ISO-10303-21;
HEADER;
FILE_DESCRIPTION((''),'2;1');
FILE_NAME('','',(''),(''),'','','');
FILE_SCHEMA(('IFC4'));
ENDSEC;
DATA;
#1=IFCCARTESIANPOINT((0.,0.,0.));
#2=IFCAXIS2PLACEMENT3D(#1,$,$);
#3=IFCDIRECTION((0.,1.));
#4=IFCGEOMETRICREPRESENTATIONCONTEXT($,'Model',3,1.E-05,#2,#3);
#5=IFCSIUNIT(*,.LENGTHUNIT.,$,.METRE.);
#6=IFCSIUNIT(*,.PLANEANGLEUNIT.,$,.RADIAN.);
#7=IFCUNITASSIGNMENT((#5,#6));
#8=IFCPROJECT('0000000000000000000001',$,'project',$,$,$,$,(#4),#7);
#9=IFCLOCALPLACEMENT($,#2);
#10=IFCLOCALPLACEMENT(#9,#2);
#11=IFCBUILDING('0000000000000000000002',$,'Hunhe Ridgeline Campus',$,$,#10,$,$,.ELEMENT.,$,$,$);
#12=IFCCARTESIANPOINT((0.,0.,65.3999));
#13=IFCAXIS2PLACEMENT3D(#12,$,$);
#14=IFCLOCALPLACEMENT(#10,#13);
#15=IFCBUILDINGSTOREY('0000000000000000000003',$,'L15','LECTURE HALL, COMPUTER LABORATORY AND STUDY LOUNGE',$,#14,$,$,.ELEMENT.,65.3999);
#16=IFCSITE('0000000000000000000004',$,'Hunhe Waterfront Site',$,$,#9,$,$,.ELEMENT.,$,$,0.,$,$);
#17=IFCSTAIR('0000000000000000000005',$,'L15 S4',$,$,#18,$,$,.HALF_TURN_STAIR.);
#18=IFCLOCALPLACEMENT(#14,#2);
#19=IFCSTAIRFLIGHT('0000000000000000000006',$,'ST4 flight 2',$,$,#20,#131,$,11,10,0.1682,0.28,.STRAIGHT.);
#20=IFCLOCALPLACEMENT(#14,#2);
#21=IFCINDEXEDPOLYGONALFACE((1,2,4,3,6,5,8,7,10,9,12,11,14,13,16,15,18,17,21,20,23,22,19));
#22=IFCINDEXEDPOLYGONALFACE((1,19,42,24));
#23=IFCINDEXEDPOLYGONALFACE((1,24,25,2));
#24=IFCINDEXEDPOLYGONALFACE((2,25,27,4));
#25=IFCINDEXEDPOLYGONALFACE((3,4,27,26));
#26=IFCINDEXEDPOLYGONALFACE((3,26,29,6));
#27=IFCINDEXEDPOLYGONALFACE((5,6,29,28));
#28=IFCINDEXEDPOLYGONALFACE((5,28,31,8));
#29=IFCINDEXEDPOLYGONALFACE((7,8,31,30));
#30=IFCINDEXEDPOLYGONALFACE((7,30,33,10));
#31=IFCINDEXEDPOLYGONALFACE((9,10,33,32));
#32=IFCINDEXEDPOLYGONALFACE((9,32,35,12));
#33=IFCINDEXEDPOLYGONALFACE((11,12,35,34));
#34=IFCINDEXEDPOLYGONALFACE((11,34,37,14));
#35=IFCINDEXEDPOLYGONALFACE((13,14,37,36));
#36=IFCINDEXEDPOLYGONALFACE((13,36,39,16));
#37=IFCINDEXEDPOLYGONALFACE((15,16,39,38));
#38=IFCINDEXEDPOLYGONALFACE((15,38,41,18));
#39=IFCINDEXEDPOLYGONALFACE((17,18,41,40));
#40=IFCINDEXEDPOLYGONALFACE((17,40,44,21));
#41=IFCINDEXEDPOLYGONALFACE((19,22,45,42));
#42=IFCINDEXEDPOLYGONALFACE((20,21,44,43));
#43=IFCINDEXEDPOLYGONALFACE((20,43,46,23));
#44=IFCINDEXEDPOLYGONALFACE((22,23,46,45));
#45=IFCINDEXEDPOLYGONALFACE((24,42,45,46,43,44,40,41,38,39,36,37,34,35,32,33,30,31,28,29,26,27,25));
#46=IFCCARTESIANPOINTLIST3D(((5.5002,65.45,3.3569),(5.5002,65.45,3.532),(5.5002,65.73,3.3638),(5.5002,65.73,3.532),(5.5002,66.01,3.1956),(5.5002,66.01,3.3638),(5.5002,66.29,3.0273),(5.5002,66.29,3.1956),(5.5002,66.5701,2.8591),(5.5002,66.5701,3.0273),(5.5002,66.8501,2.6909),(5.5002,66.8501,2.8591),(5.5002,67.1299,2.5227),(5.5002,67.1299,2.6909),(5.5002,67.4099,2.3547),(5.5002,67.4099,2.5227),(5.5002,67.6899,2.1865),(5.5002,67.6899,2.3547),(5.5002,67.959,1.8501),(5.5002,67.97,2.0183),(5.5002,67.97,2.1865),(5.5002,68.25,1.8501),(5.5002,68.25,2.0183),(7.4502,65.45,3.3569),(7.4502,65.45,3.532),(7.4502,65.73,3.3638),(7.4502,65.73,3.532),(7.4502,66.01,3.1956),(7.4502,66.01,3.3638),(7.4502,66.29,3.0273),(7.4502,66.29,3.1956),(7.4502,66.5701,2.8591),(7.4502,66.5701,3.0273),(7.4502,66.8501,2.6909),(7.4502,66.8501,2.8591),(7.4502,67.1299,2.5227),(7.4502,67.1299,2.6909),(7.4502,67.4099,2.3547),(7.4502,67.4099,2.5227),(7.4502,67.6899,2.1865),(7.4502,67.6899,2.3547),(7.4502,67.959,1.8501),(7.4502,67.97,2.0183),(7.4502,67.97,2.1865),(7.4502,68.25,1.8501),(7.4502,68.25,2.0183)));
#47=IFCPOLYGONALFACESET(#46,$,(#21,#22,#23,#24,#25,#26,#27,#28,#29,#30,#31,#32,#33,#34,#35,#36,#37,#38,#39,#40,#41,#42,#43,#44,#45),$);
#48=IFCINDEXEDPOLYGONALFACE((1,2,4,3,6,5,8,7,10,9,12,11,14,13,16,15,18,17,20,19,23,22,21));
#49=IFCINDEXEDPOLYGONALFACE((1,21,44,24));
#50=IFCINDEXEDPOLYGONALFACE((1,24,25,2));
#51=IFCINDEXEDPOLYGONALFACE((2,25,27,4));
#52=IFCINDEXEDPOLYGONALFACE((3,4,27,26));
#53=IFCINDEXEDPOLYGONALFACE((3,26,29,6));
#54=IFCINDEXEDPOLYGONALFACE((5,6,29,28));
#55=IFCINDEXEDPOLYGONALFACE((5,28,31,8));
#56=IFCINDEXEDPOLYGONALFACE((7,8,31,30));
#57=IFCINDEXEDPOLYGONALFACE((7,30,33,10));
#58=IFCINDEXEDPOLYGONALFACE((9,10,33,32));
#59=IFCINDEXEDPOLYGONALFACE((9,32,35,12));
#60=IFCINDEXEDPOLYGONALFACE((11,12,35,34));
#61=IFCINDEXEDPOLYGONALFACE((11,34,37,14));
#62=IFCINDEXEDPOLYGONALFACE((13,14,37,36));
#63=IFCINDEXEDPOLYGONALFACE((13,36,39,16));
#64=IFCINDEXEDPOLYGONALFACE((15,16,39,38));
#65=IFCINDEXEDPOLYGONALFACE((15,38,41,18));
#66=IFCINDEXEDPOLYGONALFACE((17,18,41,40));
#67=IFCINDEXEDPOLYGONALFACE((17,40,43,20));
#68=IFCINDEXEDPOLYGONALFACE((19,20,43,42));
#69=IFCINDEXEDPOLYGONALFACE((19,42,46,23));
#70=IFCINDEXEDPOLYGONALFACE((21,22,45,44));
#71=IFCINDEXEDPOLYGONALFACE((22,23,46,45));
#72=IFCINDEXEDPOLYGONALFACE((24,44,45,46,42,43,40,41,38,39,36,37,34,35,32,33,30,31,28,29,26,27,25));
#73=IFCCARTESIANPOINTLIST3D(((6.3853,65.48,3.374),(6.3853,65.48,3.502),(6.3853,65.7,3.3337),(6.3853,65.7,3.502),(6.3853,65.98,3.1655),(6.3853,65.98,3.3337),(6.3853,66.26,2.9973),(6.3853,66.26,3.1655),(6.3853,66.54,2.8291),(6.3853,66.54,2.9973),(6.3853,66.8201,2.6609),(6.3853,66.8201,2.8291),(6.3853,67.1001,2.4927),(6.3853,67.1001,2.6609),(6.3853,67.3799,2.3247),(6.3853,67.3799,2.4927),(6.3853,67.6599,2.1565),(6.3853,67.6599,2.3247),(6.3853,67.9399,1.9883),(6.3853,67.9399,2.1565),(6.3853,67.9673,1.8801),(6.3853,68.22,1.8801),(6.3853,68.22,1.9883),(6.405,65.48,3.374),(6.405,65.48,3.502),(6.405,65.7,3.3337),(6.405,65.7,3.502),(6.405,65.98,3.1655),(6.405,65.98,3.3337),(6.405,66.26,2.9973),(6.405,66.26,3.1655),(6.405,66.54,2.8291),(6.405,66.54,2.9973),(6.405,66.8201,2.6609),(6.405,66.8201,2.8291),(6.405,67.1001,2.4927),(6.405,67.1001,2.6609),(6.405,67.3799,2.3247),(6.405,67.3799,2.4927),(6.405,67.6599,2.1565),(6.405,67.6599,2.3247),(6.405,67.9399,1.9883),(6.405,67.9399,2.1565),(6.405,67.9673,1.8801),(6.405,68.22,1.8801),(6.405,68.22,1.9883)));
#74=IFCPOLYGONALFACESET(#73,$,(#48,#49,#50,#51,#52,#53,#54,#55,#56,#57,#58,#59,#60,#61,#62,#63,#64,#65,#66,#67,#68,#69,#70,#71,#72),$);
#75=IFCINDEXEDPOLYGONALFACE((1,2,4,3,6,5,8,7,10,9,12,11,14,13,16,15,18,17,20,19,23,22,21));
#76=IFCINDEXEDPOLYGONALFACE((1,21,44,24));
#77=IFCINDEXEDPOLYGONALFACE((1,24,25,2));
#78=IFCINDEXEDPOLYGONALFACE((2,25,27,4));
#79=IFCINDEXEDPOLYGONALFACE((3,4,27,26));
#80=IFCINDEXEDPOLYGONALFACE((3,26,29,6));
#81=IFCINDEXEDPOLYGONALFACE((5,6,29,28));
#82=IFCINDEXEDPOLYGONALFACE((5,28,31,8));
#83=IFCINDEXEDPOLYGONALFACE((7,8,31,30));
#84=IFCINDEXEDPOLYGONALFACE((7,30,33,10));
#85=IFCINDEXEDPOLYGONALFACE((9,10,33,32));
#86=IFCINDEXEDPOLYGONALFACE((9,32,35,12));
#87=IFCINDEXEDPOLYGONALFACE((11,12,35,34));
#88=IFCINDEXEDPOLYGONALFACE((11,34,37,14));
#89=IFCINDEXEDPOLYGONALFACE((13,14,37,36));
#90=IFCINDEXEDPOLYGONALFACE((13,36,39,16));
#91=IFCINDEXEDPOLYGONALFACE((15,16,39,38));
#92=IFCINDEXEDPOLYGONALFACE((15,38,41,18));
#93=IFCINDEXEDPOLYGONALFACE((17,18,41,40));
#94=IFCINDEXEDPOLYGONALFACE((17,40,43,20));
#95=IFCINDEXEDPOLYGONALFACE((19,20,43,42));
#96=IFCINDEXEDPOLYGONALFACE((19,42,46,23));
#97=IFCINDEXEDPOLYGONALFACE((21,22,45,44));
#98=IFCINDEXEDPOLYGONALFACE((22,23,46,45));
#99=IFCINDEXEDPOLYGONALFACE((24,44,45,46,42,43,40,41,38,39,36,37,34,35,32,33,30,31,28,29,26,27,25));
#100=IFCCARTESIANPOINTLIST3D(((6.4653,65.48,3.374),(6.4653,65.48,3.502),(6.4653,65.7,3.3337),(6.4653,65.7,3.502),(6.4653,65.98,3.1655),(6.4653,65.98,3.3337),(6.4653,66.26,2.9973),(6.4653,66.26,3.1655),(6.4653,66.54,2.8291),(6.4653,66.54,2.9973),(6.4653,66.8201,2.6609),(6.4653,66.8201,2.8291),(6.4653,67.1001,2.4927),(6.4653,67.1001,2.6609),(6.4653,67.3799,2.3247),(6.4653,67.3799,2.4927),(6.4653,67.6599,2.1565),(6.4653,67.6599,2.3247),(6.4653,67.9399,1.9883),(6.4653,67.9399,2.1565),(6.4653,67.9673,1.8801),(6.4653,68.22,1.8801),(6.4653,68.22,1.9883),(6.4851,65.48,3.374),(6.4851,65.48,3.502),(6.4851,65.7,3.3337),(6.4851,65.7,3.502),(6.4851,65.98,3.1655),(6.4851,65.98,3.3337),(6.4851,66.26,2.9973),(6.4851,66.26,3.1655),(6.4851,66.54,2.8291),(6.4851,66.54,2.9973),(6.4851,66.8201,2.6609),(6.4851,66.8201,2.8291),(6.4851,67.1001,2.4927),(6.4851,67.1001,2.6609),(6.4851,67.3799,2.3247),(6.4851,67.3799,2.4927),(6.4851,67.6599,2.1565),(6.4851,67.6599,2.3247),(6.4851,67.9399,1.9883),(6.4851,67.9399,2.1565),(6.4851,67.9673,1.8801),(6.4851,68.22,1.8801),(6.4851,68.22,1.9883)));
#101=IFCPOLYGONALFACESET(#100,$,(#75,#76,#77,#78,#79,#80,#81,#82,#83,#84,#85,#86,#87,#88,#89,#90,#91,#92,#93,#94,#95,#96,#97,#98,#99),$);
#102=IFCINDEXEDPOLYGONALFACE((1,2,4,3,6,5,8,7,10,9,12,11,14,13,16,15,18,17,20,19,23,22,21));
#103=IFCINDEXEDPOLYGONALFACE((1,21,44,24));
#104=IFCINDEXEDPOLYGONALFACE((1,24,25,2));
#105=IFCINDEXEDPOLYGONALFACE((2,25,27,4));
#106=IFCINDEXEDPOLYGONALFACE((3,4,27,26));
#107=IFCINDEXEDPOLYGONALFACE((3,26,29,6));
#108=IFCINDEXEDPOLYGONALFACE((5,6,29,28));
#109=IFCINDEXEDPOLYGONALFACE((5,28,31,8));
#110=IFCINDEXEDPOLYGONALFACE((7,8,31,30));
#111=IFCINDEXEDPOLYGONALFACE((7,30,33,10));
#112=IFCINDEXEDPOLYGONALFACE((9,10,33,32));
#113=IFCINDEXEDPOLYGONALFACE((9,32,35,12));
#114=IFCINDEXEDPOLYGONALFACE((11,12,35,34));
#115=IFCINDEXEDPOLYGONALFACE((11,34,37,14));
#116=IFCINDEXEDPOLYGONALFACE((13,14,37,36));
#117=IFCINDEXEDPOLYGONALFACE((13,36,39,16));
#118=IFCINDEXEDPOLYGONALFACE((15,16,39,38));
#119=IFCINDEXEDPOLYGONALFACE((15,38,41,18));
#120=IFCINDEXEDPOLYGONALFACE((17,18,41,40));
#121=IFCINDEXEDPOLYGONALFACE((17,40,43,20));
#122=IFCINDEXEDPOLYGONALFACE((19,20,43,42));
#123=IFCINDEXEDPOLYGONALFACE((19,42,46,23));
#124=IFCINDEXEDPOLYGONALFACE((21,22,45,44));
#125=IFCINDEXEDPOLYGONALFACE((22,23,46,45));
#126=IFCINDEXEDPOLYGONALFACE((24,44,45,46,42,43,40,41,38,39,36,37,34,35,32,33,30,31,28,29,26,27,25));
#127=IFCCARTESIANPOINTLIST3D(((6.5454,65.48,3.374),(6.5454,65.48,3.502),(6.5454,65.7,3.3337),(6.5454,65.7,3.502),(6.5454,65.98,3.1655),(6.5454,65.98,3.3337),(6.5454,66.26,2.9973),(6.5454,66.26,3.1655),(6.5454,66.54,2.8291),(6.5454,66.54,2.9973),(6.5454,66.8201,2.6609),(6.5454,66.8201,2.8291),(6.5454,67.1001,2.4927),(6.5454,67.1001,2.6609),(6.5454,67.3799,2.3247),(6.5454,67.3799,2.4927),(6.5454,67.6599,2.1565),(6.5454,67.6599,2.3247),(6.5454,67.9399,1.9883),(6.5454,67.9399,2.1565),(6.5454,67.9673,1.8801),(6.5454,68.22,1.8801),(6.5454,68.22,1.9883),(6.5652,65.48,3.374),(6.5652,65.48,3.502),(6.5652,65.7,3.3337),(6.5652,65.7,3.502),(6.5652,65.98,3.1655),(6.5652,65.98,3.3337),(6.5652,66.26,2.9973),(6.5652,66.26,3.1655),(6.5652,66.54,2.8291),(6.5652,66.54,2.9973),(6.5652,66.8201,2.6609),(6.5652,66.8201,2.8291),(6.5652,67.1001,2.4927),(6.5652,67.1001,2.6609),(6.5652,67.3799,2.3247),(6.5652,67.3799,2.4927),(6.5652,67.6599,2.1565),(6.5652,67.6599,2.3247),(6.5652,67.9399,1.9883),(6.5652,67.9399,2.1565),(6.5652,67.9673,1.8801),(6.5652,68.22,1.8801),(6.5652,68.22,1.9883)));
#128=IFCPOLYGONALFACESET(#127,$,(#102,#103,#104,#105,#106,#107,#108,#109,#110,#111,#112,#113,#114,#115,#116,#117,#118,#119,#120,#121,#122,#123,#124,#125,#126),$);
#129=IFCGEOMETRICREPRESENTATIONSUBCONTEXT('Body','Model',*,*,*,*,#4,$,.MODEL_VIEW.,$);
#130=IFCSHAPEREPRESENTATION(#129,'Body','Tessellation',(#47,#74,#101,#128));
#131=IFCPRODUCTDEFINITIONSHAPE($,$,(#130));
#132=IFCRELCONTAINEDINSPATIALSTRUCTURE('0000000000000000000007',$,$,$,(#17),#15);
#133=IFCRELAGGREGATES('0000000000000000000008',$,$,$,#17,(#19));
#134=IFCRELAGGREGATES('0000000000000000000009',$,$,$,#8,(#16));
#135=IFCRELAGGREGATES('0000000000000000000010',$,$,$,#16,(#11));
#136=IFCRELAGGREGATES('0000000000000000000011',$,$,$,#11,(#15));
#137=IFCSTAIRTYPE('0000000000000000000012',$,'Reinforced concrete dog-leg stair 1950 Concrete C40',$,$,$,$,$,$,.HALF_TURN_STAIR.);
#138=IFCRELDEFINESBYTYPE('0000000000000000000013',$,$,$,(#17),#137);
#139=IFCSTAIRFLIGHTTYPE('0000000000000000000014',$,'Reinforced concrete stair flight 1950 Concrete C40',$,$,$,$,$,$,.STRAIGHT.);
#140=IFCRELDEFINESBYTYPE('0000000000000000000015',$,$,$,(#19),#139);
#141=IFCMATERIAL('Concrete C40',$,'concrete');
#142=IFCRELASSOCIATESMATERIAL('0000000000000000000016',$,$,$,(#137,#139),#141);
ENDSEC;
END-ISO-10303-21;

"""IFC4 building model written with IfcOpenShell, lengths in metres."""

from ifc_helpers import new_model, si_unit, direction, frame, origin, place, context, subcontext, project, spatial, polyline, outline, extrude, material, type_object, element, aggregate, save


model = new_model("IFC4")

# Units and contexts
model_context = context("Model", 3, precision=1e-05, world=origin(), true_north=direction((0.0, 1.0)))
body_context = subcontext(model_context, "Body", "Model", "MODEL_VIEW")
ifc_project = project(units=[si_unit("LENGTHUNIT", "METRE"), si_unit("PLANEANGLEUNIT", "RADIAN")], contexts=[model_context])

# Site, building, storey
site_placement = place(None, origin())
site = spatial("IfcSite", under=ifc_project, at=site_placement, Name="Hunhe Waterfront Site", CompositionType="ELEMENT", RefElevation=0.0)
building_placement = place(site_placement, origin())
building = spatial("IfcBuilding", under=site, at=building_placement, Name="Hunhe Ridgeline Campus", CompositionType="ELEMENT")
storey_placement = place(building_placement, frame((0.0, 0.0, 65.3999)))
storey = spatial("IfcBuildingStorey", under=building, at=storey_placement, Name="L15", Description="LECTURE HALL, COMPUTER LABORATORY AND STUDY LOUNGE", CompositionType="ELEMENT", Elevation=65.3999)

# Stair, stair flight
ifc_material_1 = material(Name="Concrete C40", Category="concrete")
stair_type = type_object("IfcStairType", Name="Reinforced concrete dog-leg stair 1950 Concrete C40", PredefinedType="HALF_TURN_STAIR", material=ifc_material_1)
stair_flight_type = type_object("IfcStairFlightType", Name="Reinforced concrete stair flight 1950 Concrete C40", PredefinedType="STRAIGHT", material=ifc_material_1)
stair_1_placement = place(storey_placement, origin())
stair_1 = element("IfcStair", 1, at=stair_1_placement, inside=storey, type_object=stair_type, Name="L15 S4", PredefinedType="HALF_TURN_STAIR")
stair_flight_1_placement = place(storey_placement, frame((6.4751, 68.25, 1.8501), z_axis=(0.0, 0.0, 1.0), x_axis=(0.0, -1.0, 0.0)))
stair_flight_1 = element("IfcStairFlight", 2, at=stair_flight_1_placement, type_object=stair_flight_type, Name="ST4 flight 2", NumberOfRisers=11, NumberOfTreads=10, PredefinedType="STRAIGHT", RiserHeight=0.1682, TreadLength=0.28, context=body_context, shape_type="SweptSolid", body=[
    extrude(outline(polyline([(0.0, 0.0), (0.0, 0.1682), (0.28, 0.1682), (0.28, 0.3364), (0.5601, 0.3364), (0.5601, 0.5046), (0.8401, 0.5046), (0.8401, 0.6726), (1.1201, 0.6726), (1.1201, 0.8408), (1.3999, 0.8408), (1.3999, 1.009), (1.6799, 1.009), (1.6799, 1.1772), (1.96, 1.1772), (1.96, 1.3455), (2.24, 1.3455), (2.24, 1.5137), (2.52, 1.5137), (2.52, 1.6819), (2.8, 1.6819), (2.8, 1.8501), (2.8, 1.5068), (0.291, 0.0), (0.0, 0.0)])), frame((0.0, 0.9751, 0.0), z_axis=(0.0, -1.0, 0.0), x_axis=(1.0, 0.0, 0.0)), (0.0, 0.0, 1.0), 1.95),
    extrude(outline(polyline([(0.03, 0.03), (0.03, 0.1382), (0.3101, 0.1382), (0.3101, 0.3064), (0.5901, 0.3064), (0.5901, 0.4746), (0.8701, 0.4746), (0.8701, 0.6426), (1.1499, 0.6426), (1.1499, 0.8108), (1.4299, 0.8108), (1.4299, 0.979), (1.71, 0.979), (1.71, 1.1472), (1.99, 1.1472), (1.99, 1.3154), (2.27, 1.3154), (2.27, 1.4836), (2.55, 1.4836), (2.55, 1.6519), (2.77, 1.6519), (2.77, 1.5239), (0.2827, 0.03), (0.03, 0.03)])), frame((0.0, -0.0701, 0.0), z_axis=(0.0, -1.0, 0.0), x_axis=(1.0, 0.0, 0.0)), (0.0, 0.0, 1.0), 0.0198),
    extrude(outline(polyline([(0.03, 0.03), (0.03, 0.1382), (0.3101, 0.1382), (0.3101, 0.3064), (0.5901, 0.3064), (0.5901, 0.4746), (0.8701, 0.4746), (0.8701, 0.6426), (1.1499, 0.6426), (1.1499, 0.8108), (1.4299, 0.8108), (1.4299, 0.979), (1.71, 0.979), (1.71, 1.1472), (1.99, 1.1472), (1.99, 1.3154), (2.27, 1.3154), (2.27, 1.4836), (2.55, 1.4836), (2.55, 1.6519), (2.77, 1.6519), (2.77, 1.5239), (0.2827, 0.03), (0.03, 0.03)])), frame((0.0, 0.01, 0.0), z_axis=(0.0, -1.0, 0.0), x_axis=(1.0, 0.0, 0.0)), (0.0, 0.0, 1.0), 0.0198),
    extrude(outline(polyline([(0.03, 0.03), (0.03, 0.1382), (0.3101, 0.1382), (0.3101, 0.3064), (0.5901, 0.3064), (0.5901, 0.4746), (0.8701, 0.4746), (0.8701, 0.6426), (1.1499, 0.6426), (1.1499, 0.8108), (1.4299, 0.8108), (1.4299, 0.979), (1.71, 0.979), (1.71, 1.1472), (1.99, 1.1472), (1.99, 1.3154), (2.27, 1.3154), (2.27, 1.4836), (2.55, 1.4836), (2.55, 1.6519), (2.77, 1.6519), (2.77, 1.5239), (0.2827, 0.03), (0.03, 0.03)])), frame((0.0, 0.0901, 0.0), z_axis=(0.0, -1.0, 0.0), x_axis=(1.0, 0.0, 0.0)), (0.0, 0.0, 1.0), 0.0198),
])
aggregate(stair_1, [stair_flight_1])

save(model, "model.ifc")
